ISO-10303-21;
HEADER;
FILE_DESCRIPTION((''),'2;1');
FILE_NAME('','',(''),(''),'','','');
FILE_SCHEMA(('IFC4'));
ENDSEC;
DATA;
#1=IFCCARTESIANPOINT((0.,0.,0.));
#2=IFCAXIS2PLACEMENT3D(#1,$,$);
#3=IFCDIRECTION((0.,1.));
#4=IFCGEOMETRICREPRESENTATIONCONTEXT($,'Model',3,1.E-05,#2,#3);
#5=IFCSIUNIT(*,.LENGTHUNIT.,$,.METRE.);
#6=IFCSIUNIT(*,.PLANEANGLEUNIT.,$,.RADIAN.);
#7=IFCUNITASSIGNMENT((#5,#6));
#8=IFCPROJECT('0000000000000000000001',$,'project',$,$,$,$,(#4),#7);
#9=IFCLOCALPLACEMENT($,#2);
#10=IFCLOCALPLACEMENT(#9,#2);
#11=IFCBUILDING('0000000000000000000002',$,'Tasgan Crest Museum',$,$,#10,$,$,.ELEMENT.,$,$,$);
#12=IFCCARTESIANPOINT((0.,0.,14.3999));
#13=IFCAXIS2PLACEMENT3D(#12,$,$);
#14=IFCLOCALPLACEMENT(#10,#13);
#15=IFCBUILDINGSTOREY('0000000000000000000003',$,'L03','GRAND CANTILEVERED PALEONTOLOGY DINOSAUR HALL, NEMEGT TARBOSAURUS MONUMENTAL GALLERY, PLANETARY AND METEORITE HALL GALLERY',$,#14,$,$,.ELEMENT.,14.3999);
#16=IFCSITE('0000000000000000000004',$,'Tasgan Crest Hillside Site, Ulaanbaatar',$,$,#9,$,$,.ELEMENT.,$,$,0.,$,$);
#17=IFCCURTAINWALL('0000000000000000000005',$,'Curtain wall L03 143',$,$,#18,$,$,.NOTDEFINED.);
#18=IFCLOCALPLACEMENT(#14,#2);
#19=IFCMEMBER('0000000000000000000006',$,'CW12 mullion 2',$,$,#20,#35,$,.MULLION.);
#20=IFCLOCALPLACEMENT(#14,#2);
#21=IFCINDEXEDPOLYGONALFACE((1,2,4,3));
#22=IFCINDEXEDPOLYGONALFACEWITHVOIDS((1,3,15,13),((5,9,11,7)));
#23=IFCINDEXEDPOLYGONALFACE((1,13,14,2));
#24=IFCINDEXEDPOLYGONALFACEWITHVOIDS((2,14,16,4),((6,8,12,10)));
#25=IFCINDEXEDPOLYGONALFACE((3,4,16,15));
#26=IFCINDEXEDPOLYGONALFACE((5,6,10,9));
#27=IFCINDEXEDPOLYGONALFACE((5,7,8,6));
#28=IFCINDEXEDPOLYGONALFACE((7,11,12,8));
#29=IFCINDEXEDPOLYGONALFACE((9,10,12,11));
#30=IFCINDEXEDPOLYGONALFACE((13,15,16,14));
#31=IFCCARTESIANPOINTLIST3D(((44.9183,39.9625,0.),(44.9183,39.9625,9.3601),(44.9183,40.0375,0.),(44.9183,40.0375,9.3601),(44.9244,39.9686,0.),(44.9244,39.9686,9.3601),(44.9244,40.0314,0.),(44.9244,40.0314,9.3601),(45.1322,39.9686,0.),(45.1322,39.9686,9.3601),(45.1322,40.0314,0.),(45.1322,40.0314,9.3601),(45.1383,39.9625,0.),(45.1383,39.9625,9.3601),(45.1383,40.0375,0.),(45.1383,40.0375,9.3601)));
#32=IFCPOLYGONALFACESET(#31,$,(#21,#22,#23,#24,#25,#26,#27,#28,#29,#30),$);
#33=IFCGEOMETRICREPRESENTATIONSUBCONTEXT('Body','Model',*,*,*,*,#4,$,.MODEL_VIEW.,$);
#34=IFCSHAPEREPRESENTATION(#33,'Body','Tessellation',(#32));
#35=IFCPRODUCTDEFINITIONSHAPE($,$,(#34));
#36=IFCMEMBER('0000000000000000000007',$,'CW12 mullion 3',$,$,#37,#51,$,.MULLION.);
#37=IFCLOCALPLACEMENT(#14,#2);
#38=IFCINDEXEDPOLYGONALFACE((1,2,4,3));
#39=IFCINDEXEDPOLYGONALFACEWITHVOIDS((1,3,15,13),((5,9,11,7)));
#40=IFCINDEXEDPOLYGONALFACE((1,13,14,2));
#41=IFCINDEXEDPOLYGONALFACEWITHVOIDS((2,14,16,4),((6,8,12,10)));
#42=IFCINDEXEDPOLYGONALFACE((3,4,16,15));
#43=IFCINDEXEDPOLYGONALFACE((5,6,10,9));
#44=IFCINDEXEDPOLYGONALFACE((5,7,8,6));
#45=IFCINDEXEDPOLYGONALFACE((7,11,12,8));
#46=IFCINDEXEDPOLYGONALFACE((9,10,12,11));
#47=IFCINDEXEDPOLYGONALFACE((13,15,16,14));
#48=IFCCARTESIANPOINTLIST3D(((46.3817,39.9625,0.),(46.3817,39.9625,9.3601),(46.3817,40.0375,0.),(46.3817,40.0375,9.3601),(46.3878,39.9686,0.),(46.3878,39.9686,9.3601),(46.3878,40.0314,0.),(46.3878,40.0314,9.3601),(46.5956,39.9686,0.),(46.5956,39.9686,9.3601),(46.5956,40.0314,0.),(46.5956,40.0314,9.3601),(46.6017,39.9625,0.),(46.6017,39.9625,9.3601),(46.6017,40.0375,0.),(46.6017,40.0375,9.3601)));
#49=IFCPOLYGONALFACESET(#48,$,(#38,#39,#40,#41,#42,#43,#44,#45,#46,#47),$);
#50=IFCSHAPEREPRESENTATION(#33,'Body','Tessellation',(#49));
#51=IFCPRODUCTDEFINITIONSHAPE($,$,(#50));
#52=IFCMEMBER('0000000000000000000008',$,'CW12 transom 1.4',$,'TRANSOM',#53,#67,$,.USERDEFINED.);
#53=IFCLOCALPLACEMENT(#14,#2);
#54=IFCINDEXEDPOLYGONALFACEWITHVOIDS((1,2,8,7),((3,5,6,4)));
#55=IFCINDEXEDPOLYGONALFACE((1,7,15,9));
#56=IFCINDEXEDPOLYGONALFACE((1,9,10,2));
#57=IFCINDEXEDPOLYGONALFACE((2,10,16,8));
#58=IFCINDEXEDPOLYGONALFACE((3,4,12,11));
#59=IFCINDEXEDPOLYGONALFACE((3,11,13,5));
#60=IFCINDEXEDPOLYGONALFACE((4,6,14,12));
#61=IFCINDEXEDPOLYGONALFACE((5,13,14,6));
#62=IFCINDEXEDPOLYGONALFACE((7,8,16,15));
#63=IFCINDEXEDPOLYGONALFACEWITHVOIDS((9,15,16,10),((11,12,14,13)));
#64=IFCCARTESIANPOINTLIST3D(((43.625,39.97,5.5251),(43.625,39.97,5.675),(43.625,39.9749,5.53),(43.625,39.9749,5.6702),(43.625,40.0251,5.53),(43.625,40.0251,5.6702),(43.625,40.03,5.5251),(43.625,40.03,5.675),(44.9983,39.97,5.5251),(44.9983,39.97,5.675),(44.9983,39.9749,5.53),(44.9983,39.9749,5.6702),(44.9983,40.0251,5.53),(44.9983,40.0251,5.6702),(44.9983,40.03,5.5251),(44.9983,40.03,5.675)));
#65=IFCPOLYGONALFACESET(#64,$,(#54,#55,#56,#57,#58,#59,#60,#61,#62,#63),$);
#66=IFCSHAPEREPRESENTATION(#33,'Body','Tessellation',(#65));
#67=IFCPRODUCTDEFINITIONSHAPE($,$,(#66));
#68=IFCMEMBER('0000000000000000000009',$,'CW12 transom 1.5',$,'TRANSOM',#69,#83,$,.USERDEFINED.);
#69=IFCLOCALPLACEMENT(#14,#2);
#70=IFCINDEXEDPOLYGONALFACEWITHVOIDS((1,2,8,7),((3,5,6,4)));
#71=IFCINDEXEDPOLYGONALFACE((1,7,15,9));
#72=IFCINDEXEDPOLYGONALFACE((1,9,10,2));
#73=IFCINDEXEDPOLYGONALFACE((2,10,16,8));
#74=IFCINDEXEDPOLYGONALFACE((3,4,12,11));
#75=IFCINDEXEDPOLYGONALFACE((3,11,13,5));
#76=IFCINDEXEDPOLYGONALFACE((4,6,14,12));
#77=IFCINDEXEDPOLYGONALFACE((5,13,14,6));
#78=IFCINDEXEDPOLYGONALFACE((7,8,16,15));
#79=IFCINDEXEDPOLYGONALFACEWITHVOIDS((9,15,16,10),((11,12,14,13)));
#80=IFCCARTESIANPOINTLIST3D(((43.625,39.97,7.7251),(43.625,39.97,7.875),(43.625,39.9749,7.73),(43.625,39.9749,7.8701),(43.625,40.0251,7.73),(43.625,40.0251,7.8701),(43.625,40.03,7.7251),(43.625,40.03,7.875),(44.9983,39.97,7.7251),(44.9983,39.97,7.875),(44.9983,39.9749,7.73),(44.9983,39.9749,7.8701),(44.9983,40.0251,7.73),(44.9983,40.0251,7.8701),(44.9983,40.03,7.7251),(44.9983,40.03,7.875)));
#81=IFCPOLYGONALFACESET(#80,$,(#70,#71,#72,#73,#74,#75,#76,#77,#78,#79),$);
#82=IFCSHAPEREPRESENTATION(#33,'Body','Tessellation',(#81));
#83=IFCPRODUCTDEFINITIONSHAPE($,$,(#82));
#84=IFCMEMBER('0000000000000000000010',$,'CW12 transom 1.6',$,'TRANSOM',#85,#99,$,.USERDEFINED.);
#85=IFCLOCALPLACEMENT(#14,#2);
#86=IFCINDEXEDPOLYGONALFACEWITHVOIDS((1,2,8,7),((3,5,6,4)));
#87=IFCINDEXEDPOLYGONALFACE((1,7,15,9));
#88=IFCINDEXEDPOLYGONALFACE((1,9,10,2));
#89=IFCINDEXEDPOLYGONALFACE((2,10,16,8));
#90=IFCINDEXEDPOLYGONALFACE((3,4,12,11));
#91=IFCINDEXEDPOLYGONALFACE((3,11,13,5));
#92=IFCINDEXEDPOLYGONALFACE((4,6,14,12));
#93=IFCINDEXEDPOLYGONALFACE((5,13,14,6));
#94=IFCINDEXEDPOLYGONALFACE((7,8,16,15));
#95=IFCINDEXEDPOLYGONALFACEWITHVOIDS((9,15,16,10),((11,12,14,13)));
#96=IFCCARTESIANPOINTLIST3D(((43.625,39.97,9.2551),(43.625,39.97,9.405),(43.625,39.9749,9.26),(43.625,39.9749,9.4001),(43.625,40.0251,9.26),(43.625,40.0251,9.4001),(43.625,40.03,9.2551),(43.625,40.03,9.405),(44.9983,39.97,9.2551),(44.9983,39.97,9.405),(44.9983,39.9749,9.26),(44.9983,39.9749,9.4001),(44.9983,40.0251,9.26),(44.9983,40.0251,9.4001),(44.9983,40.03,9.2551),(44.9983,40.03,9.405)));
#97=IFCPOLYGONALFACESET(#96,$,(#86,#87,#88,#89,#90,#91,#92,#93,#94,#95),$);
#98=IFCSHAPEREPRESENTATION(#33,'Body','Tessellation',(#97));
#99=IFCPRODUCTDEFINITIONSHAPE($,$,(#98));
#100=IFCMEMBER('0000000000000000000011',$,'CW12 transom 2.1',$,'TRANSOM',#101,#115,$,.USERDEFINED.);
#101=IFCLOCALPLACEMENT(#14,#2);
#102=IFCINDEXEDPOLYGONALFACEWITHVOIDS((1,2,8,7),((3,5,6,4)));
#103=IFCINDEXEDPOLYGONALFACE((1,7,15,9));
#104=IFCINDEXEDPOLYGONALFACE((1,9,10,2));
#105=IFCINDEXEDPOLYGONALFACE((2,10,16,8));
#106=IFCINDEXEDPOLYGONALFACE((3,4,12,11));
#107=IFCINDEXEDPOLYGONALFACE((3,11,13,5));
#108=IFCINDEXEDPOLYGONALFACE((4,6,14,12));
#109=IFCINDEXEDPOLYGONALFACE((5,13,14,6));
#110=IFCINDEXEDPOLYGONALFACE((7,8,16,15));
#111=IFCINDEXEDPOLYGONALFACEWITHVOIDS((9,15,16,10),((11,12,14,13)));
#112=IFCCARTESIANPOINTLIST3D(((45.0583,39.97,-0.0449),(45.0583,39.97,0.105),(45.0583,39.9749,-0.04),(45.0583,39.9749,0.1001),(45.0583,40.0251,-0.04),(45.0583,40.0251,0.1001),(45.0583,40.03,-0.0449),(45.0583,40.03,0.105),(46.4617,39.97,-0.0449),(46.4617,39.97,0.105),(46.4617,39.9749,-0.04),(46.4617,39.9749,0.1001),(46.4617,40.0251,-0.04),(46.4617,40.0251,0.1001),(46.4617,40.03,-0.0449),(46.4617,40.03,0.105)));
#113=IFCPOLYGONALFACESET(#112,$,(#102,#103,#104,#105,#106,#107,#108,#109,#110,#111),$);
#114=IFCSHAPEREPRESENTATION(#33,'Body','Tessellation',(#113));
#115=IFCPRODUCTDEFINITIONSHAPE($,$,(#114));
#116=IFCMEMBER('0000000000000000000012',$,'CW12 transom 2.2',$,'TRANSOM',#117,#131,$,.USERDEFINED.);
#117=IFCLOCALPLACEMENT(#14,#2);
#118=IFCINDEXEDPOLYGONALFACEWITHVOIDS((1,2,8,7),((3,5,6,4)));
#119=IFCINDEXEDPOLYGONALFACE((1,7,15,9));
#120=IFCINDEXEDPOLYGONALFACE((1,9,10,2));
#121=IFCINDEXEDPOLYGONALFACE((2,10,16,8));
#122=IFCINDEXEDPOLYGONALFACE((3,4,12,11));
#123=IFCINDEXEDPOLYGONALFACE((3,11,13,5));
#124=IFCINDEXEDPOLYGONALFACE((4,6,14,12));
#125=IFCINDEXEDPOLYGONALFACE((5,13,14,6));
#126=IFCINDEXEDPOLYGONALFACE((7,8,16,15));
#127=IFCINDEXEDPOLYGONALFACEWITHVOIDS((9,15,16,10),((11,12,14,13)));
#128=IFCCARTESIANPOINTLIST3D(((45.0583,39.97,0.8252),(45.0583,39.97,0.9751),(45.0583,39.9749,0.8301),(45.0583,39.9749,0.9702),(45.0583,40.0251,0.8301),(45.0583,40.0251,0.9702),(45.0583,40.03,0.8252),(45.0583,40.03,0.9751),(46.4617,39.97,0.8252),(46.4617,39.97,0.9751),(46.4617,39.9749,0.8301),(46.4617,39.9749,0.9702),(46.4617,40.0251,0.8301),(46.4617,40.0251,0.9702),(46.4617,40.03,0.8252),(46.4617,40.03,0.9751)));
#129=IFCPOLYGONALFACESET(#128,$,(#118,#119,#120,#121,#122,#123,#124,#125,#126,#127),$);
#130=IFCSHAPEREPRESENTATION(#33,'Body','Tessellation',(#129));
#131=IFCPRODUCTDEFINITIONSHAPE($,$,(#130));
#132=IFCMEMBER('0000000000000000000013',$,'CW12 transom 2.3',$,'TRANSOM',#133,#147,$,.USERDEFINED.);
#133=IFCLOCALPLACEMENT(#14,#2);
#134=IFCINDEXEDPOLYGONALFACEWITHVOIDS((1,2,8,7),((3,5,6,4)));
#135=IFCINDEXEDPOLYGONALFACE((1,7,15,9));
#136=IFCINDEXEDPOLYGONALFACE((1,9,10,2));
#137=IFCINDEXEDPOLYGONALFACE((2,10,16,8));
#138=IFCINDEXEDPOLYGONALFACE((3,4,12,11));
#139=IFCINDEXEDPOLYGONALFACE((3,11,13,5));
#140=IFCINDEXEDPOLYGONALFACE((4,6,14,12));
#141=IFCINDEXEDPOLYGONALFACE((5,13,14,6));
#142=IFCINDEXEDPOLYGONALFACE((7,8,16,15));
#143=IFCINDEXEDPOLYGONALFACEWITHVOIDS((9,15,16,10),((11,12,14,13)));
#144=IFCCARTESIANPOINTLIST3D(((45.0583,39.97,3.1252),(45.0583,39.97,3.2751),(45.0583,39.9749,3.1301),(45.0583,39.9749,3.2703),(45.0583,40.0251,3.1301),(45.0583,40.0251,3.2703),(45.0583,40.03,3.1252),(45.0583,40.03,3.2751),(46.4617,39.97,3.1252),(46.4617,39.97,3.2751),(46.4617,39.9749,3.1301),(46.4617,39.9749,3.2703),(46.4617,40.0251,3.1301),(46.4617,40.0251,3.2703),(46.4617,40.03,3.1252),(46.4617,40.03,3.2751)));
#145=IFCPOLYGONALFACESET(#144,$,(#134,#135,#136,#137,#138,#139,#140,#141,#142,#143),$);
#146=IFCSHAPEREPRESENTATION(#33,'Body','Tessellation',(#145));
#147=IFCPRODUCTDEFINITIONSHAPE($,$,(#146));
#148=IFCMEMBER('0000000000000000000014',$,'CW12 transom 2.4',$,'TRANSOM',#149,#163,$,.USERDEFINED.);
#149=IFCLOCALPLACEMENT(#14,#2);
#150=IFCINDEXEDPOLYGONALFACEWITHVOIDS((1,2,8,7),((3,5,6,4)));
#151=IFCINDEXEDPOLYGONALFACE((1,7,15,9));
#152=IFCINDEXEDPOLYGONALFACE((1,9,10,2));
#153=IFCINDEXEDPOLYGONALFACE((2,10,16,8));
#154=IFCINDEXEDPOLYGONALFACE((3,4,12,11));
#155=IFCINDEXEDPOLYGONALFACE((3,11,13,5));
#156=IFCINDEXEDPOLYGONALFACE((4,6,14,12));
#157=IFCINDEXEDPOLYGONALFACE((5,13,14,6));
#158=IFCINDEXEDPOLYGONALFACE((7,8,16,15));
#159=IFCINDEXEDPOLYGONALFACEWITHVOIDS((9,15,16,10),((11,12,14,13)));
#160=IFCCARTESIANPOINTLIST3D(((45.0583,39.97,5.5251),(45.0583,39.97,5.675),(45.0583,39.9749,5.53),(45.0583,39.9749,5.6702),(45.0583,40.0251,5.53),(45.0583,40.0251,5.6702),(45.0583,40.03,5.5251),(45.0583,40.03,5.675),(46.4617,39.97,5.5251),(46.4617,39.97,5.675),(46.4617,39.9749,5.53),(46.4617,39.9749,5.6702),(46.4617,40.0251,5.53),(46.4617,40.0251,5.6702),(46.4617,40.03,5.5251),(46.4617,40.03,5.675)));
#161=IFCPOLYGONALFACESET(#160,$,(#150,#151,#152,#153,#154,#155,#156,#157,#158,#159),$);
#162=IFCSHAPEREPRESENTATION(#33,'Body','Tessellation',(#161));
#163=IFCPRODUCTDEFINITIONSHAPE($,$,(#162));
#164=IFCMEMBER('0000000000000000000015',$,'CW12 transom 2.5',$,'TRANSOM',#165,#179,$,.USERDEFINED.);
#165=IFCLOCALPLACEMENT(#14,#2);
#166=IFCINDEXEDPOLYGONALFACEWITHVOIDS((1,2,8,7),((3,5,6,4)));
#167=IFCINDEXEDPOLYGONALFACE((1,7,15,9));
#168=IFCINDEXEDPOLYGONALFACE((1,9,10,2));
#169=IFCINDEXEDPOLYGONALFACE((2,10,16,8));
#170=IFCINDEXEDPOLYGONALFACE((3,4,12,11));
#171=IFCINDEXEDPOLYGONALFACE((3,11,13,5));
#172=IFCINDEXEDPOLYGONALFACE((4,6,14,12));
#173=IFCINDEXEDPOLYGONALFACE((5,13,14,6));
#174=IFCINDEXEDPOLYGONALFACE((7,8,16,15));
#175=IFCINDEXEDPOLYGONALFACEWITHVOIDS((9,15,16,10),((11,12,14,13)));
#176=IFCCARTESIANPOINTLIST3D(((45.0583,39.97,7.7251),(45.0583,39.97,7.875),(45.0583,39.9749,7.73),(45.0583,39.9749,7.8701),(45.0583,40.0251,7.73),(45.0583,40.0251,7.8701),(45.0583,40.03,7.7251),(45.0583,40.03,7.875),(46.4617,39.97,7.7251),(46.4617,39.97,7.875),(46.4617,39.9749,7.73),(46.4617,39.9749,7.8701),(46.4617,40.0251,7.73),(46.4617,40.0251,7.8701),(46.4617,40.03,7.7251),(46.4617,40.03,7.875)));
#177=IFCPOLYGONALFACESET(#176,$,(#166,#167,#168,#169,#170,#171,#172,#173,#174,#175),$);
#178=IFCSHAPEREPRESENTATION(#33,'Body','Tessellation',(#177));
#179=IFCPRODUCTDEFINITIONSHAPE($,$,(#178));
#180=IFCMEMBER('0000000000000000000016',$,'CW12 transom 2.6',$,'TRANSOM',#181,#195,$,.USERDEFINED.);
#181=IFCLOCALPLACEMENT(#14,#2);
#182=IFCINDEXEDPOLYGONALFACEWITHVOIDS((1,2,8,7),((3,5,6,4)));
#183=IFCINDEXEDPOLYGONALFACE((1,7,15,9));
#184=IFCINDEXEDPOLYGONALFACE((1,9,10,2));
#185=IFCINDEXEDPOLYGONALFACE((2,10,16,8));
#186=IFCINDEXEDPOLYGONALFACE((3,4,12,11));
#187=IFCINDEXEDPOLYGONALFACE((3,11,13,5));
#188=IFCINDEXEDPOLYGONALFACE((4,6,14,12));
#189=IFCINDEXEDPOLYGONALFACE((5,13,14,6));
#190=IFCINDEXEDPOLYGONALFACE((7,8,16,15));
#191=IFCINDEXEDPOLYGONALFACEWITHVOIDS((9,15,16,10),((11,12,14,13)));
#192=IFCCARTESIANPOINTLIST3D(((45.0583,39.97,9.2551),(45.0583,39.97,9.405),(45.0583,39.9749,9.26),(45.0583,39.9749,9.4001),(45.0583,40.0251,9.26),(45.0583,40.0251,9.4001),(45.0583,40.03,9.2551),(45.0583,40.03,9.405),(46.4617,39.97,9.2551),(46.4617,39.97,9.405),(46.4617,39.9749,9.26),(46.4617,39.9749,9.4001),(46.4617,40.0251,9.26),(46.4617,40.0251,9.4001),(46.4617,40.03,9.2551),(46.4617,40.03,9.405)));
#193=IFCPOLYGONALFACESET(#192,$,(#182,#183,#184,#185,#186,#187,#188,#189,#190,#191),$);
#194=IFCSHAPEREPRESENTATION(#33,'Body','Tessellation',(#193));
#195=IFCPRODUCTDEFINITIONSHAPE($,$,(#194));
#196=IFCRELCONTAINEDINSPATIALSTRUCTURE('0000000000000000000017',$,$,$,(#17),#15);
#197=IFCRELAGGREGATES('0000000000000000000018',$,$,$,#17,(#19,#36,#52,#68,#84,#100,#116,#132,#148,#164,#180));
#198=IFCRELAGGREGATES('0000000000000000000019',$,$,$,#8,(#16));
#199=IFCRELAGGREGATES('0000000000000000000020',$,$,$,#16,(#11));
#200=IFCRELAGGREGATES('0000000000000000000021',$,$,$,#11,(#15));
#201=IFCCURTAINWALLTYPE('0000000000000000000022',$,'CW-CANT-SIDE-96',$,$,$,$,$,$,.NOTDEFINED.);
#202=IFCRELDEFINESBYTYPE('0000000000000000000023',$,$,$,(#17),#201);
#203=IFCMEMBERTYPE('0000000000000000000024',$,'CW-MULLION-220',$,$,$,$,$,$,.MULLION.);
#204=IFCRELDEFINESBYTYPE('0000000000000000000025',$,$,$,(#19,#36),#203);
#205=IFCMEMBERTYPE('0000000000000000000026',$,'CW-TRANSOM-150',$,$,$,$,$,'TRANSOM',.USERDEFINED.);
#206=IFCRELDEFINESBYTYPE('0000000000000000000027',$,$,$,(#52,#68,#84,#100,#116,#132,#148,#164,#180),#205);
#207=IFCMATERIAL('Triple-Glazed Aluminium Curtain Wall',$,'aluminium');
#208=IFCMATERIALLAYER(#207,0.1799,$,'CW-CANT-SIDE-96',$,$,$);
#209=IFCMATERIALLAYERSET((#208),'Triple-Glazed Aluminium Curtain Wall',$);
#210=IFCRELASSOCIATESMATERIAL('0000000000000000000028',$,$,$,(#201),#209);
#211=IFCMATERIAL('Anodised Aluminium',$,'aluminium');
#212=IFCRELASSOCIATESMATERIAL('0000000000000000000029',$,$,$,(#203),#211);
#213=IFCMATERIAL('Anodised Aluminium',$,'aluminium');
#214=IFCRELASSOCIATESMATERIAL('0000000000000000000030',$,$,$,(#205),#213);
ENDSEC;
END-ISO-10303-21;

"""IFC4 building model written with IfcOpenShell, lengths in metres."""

from ifc_helpers import new_model, si_unit, direction, frame, origin, origin_2d, place, context, subcontext, project, spatial, hollow_rectangle, extrude, material, layer, layer_set, material_profile, profile_set, type_object, element, aggregate, save


model = new_model("IFC4")

# Units and contexts
model_context = context("Model", 3, precision=1e-05, world=origin(), true_north=direction((0.0, 1.0)))
body_context = subcontext(model_context, "Body", "Model", "MODEL_VIEW")
ifc_project = project(units=[si_unit("LENGTHUNIT", "METRE"), si_unit("PLANEANGLEUNIT", "RADIAN")], contexts=[model_context])

# Site, building, storey
site_placement = place(None, origin())
site = spatial("IfcSite", under=ifc_project, at=site_placement, Name="Tasgan Crest Hillside Site, Ulaanbaatar", CompositionType="ELEMENT", RefElevation=0.0)
building_placement = place(site_placement, origin())
building = spatial("IfcBuilding", under=site, at=building_placement, Name="Tasgan Crest Museum", CompositionType="ELEMENT")
storey_placement = place(building_placement, frame((0.0, 0.0, 14.3999)))
storey = spatial("IfcBuildingStorey", under=building, at=storey_placement, Name="L03", Description="GRAND CANTILEVERED PALEONTOLOGY DINOSAUR HALL, NEMEGT TARBOSAURUS MONUMENTAL GALLERY, PLANETARY AND METEORITE HALL GALLERY", CompositionType="ELEMENT", Elevation=14.3999)

# Curtain wall, members
ifc_material_1 = material(Name="Triple-Glazed Aluminium Curtain Wall", Category="aluminium")
ifc_layer_1 = layer(ifc_material_1, 0.1799, Name="CW-CANT-SIDE-96")
ifc_layer_set_1 = layer_set([ifc_layer_1], Name="Triple-Glazed Aluminium Curtain Wall")
curtain_wall_type = type_object("IfcCurtainWallType", Name="CW-CANT-SIDE-96", PredefinedType="NOTDEFINED", material=ifc_layer_set_1)
curtain_wall_placement = place(storey_placement, origin())
curtain_wall = element("IfcCurtainWall", 1, at=curtain_wall_placement, inside=storey, type_object=curtain_wall_type, Name="Curtain wall L03 143", PredefinedType="NOTDEFINED")
ifc_material_2 = material(Name="Anodised Aluminium", Category="aluminium")
ifc_material_profile_1 = material_profile(ifc_material_2, hollow_rectangle(XDim=0.075, YDim=0.22, WallThickness=0.0061, at=origin_2d()), Name="ALU MULLION 220x75x6")
ifc_profile_set_1 = profile_set([ifc_material_profile_1], Name="Anodised Aluminium")
member_type_1 = type_object("IfcMemberType", Name="CW-MULLION-220", PredefinedType="MULLION", material=ifc_profile_set_1)
member_1_placement = place(storey_placement, frame((45.0283, 40.0, 0.0), z_axis=(0.0, 0.0, 1.0), x_axis=(0.0, 1.0, 0.0)))
member_1 = element("IfcMember", 2, at=member_1_placement, type_object=member_type_1, Name="CW12 mullion 2", PredefinedType="MULLION", context=body_context, shape_type="SweptSolid", body=[
    extrude(hollow_rectangle(XDim=0.075, YDim=0.22, WallThickness=0.0061, at=origin_2d()), origin(), (0.0, 0.0, 1.0), 9.3601),
])
member_2_placement = place(storey_placement, frame((46.4917, 40.0, 0.0), z_axis=(0.0, 0.0, 1.0), x_axis=(0.0, 1.0, 0.0)))
member_2 = element("IfcMember", 3, at=member_2_placement, type_object=member_type_1, Name="CW12 mullion 3", PredefinedType="MULLION", context=body_context, shape_type="SweptSolid", body=[
    extrude(hollow_rectangle(XDim=0.075, YDim=0.22, WallThickness=0.0061, at=origin_2d()), origin(), (0.0, 0.0, 1.0), 9.3601),
])
ifc_material_3 = material(Name="Anodised Aluminium", Category="aluminium")
ifc_material_profile_2 = material_profile(ifc_material_3, hollow_rectangle(XDim=0.0601, YDim=0.1499, WallThickness=0.0049, at=origin_2d()), Name="ALU TRANSOM 150x60x5")
ifc_profile_set_2 = profile_set([ifc_material_profile_2], Name="Anodised Aluminium")
member_type_2 = type_object("IfcMemberType", Name="CW-TRANSOM-150", ElementType="TRANSOM", PredefinedType="USERDEFINED", material=ifc_profile_set_2)
member_3_placement = place(storey_placement, frame((43.625, 40.0, 5.6001), z_axis=(1.0, 0.0, 0.0), x_axis=(0.0, 1.0, 0.0)))
member_3 = element("IfcMember", 4, at=member_3_placement, type_object=member_type_2, Name="CW12 transom 1.4", ObjectType="TRANSOM", PredefinedType="USERDEFINED", context=body_context, shape_type="SweptSolid", body=[
    extrude(hollow_rectangle(XDim=0.0601, YDim=0.1499, WallThickness=0.0049, at=origin_2d()), origin(), (0.0, 0.0, 1.0), 1.3733),
])
member_4_placement = place(storey_placement, frame((43.625, 40.0, 7.8), z_axis=(1.0, 0.0, 0.0), x_axis=(0.0, 1.0, 0.0)))
member_4 = element("IfcMember", 5, at=member_4_placement, type_object=member_type_2, Name="CW12 transom 1.5", ObjectType="TRANSOM", PredefinedType="USERDEFINED", context=body_context, shape_type="SweptSolid", body=[
    extrude(hollow_rectangle(XDim=0.0601, YDim=0.1499, WallThickness=0.0049, at=origin_2d()), origin(), (0.0, 0.0, 1.0), 1.3733),
])
member_5_placement = place(storey_placement, frame((43.625, 40.0, 9.3301), z_axis=(1.0, 0.0, 0.0), x_axis=(0.0, 1.0, 0.0)))
member_5 = element("IfcMember", 6, at=member_5_placement, type_object=member_type_2, Name="CW12 transom 1.6", ObjectType="TRANSOM", PredefinedType="USERDEFINED", context=body_context, shape_type="SweptSolid", body=[
    extrude(hollow_rectangle(XDim=0.0601, YDim=0.1499, WallThickness=0.0049, at=origin_2d()), origin(), (0.0, 0.0, 1.0), 1.3733),
])
member_6_placement = place(storey_placement, frame((45.0583, 40.0, 0.03), z_axis=(1.0, 0.0, 0.0), x_axis=(0.0, 1.0, 0.0)))
member_6 = element("IfcMember", 7, at=member_6_placement, type_object=member_type_2, Name="CW12 transom 2.1", ObjectType="TRANSOM", PredefinedType="USERDEFINED", context=body_context, shape_type="SweptSolid", body=[
    extrude(hollow_rectangle(XDim=0.0601, YDim=0.1499, WallThickness=0.0049, at=origin_2d()), origin(), (0.0, 0.0, 1.0), 1.4033),
])
member_7_placement = place(storey_placement, frame((45.0583, 40.0, 0.9001), z_axis=(1.0, 0.0, 0.0), x_axis=(0.0, 1.0, 0.0)))
member_7 = element("IfcMember", 8, at=member_7_placement, type_object=member_type_2, Name="CW12 transom 2.2", ObjectType="TRANSOM", PredefinedType="USERDEFINED", context=body_context, shape_type="SweptSolid", body=[
    extrude(hollow_rectangle(XDim=0.0601, YDim=0.1499, WallThickness=0.0049, at=origin_2d()), origin(), (0.0, 0.0, 1.0), 1.4033),
])
member_8_placement = place(storey_placement, frame((45.0583, 40.0, 3.2002), z_axis=(1.0, 0.0, 0.0), x_axis=(0.0, 1.0, 0.0)))
member_8 = element("IfcMember", 9, at=member_8_placement, type_object=member_type_2, Name="CW12 transom 2.3", ObjectType="TRANSOM", PredefinedType="USERDEFINED", context=body_context, shape_type="SweptSolid", body=[
    extrude(hollow_rectangle(XDim=0.0601, YDim=0.1499, WallThickness=0.0049, at=origin_2d()), origin(), (0.0, 0.0, 1.0), 1.4033),
])
member_9_placement = place(storey_placement, frame((45.0583, 40.0, 5.6001), z_axis=(1.0, 0.0, 0.0), x_axis=(0.0, 1.0, 0.0)))
member_9 = element("IfcMember", 10, at=member_9_placement, type_object=member_type_2, Name="CW12 transom 2.4", ObjectType="TRANSOM", PredefinedType="USERDEFINED", context=body_context, shape_type="SweptSolid", body=[
    extrude(hollow_rectangle(XDim=0.0601, YDim=0.1499, WallThickness=0.0049, at=origin_2d()), origin(), (0.0, 0.0, 1.0), 1.4033),
])
member_10_placement = place(storey_placement, frame((45.0583, 40.0, 7.8), z_axis=(1.0, 0.0, 0.0), x_axis=(0.0, 1.0, 0.0)))
member_10 = element("IfcMember", 11, at=member_10_placement, type_object=member_type_2, Name="CW12 transom 2.5", ObjectType="TRANSOM", PredefinedType="USERDEFINED", context=body_context, shape_type="SweptSolid", body=[
    extrude(hollow_rectangle(XDim=0.0601, YDim=0.1499, WallThickness=0.0049, at=origin_2d()), origin(), (0.0, 0.0, 1.0), 1.4033),
])
member_11_placement = place(storey_placement, frame((45.0583, 40.0, 9.3301), z_axis=(1.0, 0.0, 0.0), x_axis=(0.0, 1.0, 0.0)))
member_11 = element("IfcMember", 12, at=member_11_placement, type_object=member_type_2, Name="CW12 transom 2.6", ObjectType="TRANSOM", PredefinedType="USERDEFINED", context=body_context, shape_type="SweptSolid", body=[
    extrude(hollow_rectangle(XDim=0.0601, YDim=0.1499, WallThickness=0.0049, at=origin_2d()), origin(), (0.0, 0.0, 1.0), 1.4033),
])
aggregate(curtain_wall, [member_1, member_2, member_3, member_4, member_5, member_6, member_7, member_8, member_9, member_10, member_11])

save(model, "model.ifc")
